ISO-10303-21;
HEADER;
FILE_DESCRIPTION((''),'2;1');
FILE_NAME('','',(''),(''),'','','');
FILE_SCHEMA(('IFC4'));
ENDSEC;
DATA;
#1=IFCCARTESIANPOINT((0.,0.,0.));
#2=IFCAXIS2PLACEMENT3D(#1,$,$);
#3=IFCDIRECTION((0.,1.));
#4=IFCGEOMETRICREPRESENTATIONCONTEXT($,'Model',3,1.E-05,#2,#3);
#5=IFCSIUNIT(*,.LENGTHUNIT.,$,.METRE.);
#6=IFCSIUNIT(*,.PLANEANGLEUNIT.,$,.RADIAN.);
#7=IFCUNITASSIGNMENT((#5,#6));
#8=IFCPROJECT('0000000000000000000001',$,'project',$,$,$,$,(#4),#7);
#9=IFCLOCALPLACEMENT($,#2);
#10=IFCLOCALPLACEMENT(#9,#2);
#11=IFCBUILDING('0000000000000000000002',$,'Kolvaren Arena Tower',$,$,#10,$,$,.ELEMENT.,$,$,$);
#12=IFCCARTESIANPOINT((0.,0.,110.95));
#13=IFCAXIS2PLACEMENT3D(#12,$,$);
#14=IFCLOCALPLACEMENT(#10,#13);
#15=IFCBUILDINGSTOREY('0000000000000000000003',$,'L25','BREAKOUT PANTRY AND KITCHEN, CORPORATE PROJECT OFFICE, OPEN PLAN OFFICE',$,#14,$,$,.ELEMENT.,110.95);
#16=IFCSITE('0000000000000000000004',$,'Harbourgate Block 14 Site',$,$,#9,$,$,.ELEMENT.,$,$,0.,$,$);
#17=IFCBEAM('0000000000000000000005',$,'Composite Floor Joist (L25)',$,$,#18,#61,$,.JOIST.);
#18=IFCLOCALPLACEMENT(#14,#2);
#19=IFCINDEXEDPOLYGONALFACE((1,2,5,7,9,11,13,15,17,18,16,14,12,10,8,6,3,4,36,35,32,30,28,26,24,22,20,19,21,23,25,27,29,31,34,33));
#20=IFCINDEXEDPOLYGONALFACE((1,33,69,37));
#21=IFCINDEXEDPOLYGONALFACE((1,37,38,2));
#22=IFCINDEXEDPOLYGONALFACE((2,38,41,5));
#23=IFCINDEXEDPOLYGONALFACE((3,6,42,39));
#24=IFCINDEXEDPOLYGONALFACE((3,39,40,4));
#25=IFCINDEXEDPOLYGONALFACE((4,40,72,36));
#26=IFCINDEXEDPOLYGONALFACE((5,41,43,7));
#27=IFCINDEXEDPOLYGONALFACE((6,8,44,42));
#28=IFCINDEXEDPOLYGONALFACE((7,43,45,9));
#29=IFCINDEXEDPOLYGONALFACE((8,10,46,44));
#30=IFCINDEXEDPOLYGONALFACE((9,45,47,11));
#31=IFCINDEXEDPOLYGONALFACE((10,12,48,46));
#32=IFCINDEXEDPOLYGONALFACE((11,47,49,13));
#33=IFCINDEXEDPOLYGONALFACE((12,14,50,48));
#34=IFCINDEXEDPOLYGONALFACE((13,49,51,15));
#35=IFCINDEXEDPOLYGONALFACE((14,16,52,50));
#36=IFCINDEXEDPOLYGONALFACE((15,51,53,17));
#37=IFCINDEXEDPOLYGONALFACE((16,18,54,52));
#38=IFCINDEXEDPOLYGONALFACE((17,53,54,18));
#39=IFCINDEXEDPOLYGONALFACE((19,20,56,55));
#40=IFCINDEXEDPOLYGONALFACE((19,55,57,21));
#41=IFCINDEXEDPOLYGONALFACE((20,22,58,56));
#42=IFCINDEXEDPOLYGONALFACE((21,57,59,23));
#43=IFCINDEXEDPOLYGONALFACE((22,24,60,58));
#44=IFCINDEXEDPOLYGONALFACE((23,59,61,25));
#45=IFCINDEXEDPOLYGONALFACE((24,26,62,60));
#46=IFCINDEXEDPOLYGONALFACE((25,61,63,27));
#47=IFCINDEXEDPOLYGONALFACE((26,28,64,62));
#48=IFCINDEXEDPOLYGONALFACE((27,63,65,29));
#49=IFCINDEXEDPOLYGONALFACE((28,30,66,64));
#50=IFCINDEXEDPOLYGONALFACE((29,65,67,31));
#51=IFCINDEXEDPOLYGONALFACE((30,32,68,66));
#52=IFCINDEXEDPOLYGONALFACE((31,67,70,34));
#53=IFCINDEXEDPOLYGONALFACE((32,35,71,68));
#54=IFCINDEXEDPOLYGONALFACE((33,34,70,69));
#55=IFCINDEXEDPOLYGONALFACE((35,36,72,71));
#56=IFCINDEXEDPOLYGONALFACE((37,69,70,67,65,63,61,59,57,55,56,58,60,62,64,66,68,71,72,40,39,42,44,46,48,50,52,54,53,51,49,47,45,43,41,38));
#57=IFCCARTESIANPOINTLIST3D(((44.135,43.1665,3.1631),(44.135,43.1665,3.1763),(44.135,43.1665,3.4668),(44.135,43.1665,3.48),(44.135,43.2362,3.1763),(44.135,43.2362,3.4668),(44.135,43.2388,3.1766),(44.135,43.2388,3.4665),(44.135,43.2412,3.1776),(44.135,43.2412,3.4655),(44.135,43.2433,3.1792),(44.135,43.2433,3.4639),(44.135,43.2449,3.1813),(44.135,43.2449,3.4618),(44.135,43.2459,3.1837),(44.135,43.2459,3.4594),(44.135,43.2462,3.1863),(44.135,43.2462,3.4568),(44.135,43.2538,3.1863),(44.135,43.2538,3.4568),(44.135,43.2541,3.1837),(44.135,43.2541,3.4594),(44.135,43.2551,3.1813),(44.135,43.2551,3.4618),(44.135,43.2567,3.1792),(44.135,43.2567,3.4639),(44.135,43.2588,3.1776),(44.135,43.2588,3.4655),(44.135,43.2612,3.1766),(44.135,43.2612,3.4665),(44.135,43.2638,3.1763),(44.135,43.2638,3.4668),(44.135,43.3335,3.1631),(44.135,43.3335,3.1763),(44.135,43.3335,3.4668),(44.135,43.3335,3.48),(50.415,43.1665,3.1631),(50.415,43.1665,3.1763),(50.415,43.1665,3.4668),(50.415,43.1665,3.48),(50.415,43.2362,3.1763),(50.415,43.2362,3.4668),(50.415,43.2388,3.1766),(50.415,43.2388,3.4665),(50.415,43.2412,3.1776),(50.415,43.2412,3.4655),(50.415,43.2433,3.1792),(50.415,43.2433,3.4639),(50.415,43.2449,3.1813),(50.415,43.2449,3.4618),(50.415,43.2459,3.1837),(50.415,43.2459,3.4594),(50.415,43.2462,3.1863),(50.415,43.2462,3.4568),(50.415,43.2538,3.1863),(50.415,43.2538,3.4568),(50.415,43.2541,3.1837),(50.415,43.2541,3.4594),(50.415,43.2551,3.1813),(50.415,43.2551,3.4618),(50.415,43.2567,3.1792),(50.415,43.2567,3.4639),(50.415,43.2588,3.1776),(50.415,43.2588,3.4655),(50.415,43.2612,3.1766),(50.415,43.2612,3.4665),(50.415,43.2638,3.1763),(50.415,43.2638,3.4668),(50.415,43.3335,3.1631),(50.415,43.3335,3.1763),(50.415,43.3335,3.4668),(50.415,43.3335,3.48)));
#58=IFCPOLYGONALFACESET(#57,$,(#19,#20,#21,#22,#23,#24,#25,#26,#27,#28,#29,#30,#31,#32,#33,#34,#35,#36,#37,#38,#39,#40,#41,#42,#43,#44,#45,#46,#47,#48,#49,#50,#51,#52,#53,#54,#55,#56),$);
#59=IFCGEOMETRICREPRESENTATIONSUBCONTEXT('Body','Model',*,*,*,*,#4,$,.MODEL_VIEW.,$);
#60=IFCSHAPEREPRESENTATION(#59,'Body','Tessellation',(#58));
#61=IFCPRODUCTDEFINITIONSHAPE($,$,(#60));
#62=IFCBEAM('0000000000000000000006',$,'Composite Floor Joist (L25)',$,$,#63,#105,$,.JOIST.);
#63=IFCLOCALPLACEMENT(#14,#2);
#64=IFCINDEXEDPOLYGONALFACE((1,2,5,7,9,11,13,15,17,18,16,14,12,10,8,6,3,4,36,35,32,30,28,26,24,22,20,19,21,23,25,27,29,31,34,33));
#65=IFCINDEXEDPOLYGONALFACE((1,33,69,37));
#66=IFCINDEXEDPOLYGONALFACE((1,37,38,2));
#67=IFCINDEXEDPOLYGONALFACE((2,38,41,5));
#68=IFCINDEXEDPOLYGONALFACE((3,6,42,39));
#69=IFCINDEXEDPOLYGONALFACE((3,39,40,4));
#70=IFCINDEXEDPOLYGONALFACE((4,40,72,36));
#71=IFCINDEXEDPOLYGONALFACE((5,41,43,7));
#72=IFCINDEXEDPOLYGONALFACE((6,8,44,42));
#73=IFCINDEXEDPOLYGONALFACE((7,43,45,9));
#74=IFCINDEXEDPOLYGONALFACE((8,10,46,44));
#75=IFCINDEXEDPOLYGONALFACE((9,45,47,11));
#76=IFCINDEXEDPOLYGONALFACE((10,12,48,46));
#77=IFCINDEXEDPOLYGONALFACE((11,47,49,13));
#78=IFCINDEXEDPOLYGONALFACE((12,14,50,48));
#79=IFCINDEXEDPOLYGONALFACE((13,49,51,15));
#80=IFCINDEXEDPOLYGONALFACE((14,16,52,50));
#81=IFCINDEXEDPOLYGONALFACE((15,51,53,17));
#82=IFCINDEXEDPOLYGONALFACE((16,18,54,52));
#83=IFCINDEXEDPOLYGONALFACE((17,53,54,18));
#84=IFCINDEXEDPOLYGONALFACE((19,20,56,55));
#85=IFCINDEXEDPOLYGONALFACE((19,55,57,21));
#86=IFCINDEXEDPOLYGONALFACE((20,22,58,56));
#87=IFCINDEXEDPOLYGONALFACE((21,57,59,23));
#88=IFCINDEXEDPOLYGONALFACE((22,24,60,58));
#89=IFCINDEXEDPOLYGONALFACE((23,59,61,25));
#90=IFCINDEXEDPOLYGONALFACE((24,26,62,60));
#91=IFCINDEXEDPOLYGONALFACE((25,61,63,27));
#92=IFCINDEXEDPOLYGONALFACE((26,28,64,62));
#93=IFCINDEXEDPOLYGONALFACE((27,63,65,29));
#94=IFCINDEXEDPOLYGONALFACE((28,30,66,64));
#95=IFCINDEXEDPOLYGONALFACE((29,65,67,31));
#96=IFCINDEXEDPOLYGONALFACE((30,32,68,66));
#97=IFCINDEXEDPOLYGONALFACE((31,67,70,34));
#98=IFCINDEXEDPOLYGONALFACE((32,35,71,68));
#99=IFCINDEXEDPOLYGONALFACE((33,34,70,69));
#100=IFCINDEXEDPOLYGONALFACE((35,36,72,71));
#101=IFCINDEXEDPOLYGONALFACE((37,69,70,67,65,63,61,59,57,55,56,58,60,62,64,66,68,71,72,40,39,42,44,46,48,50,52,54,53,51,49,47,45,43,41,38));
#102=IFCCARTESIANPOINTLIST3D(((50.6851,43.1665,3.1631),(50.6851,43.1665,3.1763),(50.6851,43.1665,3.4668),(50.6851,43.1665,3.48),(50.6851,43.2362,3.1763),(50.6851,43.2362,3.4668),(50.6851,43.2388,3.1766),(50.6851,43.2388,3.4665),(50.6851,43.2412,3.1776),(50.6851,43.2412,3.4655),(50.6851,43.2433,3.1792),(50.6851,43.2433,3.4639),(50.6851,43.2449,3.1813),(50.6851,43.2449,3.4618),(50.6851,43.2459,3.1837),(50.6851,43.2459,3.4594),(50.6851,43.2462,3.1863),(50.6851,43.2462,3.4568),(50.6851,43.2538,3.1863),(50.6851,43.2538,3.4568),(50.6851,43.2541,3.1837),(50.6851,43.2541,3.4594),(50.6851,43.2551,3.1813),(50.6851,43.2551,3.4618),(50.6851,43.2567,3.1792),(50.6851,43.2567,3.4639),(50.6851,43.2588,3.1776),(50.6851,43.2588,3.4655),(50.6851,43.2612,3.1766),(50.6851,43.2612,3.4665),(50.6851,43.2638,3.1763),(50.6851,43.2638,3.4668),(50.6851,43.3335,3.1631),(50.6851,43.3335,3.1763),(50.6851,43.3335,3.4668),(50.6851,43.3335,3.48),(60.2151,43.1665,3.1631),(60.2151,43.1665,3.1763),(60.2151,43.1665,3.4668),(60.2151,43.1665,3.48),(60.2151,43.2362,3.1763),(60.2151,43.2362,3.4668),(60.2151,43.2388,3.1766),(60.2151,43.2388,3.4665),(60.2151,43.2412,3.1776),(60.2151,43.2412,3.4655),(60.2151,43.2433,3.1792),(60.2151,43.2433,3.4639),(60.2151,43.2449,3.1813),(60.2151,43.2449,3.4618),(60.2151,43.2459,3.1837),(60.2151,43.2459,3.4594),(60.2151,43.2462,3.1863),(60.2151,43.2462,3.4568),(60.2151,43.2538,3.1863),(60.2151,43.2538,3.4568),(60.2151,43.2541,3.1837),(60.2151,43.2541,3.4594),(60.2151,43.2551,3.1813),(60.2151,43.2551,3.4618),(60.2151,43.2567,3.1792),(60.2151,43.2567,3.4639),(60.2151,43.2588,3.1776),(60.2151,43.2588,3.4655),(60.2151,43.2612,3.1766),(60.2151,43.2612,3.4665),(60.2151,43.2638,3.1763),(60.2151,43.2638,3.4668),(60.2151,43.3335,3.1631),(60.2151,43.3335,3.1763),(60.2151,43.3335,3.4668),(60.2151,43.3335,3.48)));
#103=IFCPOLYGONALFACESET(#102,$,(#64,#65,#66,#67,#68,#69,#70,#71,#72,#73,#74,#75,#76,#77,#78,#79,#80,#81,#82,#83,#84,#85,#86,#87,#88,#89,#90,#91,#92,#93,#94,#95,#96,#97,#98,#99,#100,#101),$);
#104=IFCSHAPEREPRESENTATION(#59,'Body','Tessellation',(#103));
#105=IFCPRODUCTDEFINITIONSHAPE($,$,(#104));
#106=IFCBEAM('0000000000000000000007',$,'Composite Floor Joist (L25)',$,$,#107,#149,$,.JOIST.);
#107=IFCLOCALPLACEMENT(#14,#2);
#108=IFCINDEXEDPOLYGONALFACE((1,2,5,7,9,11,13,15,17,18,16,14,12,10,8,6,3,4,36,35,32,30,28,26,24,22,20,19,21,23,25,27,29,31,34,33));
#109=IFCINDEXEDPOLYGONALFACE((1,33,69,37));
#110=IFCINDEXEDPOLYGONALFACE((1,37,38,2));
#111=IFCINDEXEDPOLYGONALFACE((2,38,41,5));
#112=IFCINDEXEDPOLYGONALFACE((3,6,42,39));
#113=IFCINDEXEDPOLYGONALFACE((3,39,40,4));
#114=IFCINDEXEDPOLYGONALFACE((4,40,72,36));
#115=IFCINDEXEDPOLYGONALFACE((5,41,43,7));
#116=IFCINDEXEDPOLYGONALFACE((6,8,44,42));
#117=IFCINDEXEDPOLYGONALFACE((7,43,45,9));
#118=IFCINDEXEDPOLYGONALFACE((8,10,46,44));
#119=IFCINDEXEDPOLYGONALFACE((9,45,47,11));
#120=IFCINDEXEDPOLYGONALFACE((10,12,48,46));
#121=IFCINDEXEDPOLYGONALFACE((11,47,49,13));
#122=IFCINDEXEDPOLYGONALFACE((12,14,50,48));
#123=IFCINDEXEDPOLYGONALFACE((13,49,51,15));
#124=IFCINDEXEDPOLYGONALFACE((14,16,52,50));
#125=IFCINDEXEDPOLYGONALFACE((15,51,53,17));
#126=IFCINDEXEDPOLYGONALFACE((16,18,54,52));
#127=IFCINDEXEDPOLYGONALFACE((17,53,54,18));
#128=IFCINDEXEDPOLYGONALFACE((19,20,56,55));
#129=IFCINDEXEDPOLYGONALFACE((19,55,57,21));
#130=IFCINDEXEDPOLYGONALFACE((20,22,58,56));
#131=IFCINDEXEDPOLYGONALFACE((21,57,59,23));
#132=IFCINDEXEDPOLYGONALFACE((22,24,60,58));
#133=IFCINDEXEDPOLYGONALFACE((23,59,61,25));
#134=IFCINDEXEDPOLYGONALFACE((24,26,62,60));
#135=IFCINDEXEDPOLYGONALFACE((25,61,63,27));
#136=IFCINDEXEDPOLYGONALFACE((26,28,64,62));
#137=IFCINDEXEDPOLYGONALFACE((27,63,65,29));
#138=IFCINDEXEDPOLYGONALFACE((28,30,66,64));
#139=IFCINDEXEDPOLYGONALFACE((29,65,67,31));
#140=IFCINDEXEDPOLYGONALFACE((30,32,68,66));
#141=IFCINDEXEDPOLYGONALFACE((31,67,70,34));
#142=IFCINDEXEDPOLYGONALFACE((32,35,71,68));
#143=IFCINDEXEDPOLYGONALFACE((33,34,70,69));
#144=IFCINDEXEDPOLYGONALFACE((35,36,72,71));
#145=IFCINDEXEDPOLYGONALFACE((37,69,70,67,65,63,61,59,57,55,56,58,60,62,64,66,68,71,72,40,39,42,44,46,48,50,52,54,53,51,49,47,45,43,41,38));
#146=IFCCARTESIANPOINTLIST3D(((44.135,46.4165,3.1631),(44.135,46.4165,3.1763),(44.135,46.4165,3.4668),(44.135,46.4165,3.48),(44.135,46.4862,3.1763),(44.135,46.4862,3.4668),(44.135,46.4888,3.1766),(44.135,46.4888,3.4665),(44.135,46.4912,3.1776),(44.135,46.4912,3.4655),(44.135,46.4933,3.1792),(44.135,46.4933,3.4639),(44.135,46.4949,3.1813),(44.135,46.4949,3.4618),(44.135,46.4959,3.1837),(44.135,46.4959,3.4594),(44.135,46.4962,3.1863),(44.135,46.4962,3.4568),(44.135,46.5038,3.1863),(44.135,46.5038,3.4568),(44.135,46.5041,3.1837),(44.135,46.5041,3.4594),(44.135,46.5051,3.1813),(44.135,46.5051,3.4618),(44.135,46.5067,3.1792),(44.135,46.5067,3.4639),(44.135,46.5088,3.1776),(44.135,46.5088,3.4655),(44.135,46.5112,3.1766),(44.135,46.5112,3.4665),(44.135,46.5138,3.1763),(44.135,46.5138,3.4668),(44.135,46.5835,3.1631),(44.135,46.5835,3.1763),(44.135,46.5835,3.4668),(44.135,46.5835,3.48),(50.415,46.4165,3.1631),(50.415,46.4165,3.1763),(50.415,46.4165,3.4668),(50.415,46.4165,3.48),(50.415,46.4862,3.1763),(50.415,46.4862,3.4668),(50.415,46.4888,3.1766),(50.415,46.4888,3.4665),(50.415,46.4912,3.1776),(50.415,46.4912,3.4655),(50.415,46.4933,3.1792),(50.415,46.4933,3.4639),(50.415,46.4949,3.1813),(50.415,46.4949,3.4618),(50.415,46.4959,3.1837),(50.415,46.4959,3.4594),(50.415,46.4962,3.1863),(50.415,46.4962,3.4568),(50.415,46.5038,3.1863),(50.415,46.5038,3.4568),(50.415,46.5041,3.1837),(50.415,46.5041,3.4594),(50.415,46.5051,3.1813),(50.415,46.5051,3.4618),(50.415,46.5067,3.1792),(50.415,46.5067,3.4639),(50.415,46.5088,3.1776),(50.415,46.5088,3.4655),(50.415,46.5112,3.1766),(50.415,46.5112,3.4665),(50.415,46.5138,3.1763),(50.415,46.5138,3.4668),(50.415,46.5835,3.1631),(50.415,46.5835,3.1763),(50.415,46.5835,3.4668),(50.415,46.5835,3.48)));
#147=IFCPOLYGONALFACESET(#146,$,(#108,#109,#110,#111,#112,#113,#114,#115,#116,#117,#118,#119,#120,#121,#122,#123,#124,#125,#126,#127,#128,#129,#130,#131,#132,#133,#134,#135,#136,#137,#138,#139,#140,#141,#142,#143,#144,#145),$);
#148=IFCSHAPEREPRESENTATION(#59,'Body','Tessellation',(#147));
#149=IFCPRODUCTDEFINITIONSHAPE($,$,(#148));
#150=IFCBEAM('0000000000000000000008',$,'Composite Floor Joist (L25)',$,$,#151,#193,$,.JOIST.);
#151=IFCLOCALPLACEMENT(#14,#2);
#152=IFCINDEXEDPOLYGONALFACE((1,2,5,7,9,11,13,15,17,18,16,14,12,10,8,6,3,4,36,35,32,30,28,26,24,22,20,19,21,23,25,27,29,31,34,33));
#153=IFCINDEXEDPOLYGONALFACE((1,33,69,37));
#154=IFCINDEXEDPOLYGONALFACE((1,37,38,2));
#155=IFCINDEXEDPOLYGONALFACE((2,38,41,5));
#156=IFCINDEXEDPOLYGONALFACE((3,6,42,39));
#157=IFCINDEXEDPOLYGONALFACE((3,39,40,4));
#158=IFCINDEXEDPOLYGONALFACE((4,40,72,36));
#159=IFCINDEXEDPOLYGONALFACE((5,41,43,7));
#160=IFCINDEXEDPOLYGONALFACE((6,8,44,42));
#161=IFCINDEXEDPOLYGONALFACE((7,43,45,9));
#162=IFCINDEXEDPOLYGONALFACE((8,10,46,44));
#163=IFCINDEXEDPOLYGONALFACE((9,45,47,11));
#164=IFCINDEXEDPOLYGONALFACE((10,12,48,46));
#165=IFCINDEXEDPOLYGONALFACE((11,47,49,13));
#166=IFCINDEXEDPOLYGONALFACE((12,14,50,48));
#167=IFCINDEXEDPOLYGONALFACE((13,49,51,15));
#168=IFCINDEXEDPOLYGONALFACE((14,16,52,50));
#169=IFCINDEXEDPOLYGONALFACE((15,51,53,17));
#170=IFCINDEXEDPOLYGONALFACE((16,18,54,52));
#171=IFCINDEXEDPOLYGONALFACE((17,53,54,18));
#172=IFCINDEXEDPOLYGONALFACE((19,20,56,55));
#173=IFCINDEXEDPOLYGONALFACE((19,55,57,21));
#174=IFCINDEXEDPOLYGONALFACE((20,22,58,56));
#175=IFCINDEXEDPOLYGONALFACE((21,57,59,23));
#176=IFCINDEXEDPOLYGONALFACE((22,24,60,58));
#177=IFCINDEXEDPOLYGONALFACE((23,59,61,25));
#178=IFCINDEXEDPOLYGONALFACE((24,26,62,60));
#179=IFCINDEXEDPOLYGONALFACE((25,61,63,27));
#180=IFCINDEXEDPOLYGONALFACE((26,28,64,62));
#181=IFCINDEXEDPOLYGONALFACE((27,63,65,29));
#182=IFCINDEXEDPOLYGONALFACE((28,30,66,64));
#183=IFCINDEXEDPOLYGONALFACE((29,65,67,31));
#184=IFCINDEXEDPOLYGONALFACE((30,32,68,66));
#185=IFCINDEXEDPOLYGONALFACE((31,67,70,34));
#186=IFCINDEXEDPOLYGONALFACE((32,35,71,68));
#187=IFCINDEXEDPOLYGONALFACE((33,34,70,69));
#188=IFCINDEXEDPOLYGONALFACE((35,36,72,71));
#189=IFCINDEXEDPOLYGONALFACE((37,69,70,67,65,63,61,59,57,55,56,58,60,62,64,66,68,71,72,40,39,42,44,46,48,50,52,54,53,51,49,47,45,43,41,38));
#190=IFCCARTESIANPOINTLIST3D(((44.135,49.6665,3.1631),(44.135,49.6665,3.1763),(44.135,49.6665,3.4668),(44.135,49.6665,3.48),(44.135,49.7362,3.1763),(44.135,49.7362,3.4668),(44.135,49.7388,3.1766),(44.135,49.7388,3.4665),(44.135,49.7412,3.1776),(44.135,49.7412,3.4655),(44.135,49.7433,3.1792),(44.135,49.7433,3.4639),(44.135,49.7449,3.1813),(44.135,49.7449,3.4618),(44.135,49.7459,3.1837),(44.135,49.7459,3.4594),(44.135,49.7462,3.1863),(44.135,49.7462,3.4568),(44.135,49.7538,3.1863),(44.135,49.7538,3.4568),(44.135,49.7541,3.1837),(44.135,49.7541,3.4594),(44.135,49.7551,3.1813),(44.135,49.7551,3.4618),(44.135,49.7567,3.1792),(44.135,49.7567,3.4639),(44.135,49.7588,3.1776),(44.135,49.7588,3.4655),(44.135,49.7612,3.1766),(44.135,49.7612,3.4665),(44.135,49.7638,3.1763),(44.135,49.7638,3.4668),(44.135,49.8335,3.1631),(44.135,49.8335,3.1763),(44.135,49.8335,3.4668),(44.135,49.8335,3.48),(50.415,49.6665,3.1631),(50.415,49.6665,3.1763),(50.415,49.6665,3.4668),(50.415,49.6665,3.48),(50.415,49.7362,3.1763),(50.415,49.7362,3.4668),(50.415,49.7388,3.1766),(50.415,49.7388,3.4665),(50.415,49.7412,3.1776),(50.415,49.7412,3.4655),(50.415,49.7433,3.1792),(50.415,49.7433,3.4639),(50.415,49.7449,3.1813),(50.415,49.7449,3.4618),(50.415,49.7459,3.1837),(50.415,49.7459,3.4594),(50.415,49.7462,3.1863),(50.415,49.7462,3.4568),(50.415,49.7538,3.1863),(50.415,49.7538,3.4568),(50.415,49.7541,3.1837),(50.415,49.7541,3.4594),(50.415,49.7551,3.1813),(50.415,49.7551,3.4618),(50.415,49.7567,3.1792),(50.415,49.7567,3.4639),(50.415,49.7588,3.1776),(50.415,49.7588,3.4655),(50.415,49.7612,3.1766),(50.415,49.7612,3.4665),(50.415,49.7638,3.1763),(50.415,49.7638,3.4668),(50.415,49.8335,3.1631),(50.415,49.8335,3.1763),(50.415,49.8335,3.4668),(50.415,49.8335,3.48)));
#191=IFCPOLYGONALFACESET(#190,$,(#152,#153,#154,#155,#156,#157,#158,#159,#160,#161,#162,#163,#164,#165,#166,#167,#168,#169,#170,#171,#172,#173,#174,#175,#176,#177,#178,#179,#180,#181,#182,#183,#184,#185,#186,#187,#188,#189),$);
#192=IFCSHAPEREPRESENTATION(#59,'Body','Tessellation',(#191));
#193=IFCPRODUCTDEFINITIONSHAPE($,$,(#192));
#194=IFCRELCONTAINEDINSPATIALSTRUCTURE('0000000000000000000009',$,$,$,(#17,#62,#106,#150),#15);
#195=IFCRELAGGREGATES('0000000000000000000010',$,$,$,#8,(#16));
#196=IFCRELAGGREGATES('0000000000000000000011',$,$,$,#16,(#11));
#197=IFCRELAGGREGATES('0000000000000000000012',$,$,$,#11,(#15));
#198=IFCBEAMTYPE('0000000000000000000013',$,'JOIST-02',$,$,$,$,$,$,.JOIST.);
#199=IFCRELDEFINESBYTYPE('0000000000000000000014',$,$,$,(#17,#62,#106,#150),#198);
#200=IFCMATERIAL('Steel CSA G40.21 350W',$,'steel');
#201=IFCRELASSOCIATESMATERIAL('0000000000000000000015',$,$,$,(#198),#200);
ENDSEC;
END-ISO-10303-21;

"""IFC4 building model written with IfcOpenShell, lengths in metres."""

from ifc_helpers import new_model, si_unit, direction, frame, origin, origin_2d, place, context, subcontext, project, spatial, i_section, extrude, material, material_profile, profile_set, type_object, element, save


model = new_model("IFC4")

# Units and contexts
model_context = context("Model", 3, precision=1e-05, world=origin(), true_north=direction((0.0, 1.0)))
body_context = subcontext(model_context, "Body", "Model", "MODEL_VIEW")
ifc_project = project(units=[si_unit("LENGTHUNIT", "METRE"), si_unit("PLANEANGLEUNIT", "RADIAN")], contexts=[model_context])

# Site, building, storey
site_placement = place(None, origin())
site = spatial("IfcSite", under=ifc_project, at=site_placement, Name="Harbourgate Block 14 Site", CompositionType="ELEMENT", RefElevation=0.0)
building_placement = place(site_placement, origin())
building = spatial("IfcBuilding", under=site, at=building_placement, Name="Kolvaren Arena Tower", CompositionType="ELEMENT")
storey_placement = place(building_placement, frame((0.0, 0.0, 110.95)))
storey = spatial("IfcBuildingStorey", under=building, at=storey_placement, Name="L25", Description="BREAKOUT PANTRY AND KITCHEN, CORPORATE PROJECT OFFICE, OPEN PLAN OFFICE", CompositionType="ELEMENT", Elevation=110.95)

# Beams
ifc_material_1 = material(Name="Steel CSA G40.21 350W", Category="steel")
ifc_material_profile_1 = material_profile(ifc_material_1, i_section(OverallWidth=0.167, OverallDepth=0.3169, WebThickness=0.0076, FlangeThickness=0.0132, FilletRadius=0.01, at=origin_2d()), Name="W310x52")
ifc_profile_set_1 = profile_set([ifc_material_profile_1], Name="Steel CSA G40.21 350W")
beam_type_1 = type_object("IfcBeamType", Name="JOIST-02", PredefinedType="JOIST", material=ifc_profile_set_1)
beam_1_placement = place(storey_placement, frame((44.135, 43.25, 3.3215), z_axis=(1.0, 0.0, 0.0), x_axis=(0.0, 1.0, 0.0)))
element("IfcBeam", 1, at=beam_1_placement, inside=storey, type_object=beam_type_1, Name="Composite Floor Joist (L25)", PredefinedType="JOIST", context=body_context, shape_type="SweptSolid", body=[
    extrude(i_section(OverallWidth=0.167, OverallDepth=0.3169, WebThickness=0.0076, FlangeThickness=0.0132, FilletRadius=0.01, at=origin_2d()), origin(), (0.0, 0.0, 1.0), 6.28),
])
beam_2_placement = place(storey_placement, frame((50.6851, 43.25, 3.3215), z_axis=(1.0, 0.0, 0.0), x_axis=(0.0, 1.0, 0.0)))
element("IfcBeam", 2, at=beam_2_placement, inside=storey, type_object=beam_type_1, Name="Composite Floor Joist (L25)", PredefinedType="JOIST", context=body_context, shape_type="SweptSolid", body=[
    extrude(i_section(OverallWidth=0.167, OverallDepth=0.3169, WebThickness=0.0076, FlangeThickness=0.0132, FilletRadius=0.01, at=origin_2d()), origin(), (0.0, 0.0, 1.0), 9.53),
])
for number, where, z_axis, x_axis, name in (
    (3, (44.135, 46.5, 3.3215), (1.0, 0.0, 0.0), (0.0, 1.0, 0.0), "Composite Floor Joist (L25)"),
    (4, (44.135, 49.75, 3.3215), (1.0, 0.0, 0.0), (0.0, 1.0, 0.0), "Composite Floor Joist (L25)"),
):
    element("IfcBeam", number, at=place(storey_placement, frame(where, z_axis=z_axis, x_axis=x_axis)), inside=storey, type_object=beam_type_1, Name=name, PredefinedType="JOIST", context=body_context, shape_type="SweptSolid", body=[
        extrude(i_section(OverallWidth=0.167, OverallDepth=0.3169, WebThickness=0.0076, FlangeThickness=0.0132, FilletRadius=0.01, at=origin_2d()), origin(), (0.0, 0.0, 1.0), 6.28),
    ])

save(model, "model.ifc")
